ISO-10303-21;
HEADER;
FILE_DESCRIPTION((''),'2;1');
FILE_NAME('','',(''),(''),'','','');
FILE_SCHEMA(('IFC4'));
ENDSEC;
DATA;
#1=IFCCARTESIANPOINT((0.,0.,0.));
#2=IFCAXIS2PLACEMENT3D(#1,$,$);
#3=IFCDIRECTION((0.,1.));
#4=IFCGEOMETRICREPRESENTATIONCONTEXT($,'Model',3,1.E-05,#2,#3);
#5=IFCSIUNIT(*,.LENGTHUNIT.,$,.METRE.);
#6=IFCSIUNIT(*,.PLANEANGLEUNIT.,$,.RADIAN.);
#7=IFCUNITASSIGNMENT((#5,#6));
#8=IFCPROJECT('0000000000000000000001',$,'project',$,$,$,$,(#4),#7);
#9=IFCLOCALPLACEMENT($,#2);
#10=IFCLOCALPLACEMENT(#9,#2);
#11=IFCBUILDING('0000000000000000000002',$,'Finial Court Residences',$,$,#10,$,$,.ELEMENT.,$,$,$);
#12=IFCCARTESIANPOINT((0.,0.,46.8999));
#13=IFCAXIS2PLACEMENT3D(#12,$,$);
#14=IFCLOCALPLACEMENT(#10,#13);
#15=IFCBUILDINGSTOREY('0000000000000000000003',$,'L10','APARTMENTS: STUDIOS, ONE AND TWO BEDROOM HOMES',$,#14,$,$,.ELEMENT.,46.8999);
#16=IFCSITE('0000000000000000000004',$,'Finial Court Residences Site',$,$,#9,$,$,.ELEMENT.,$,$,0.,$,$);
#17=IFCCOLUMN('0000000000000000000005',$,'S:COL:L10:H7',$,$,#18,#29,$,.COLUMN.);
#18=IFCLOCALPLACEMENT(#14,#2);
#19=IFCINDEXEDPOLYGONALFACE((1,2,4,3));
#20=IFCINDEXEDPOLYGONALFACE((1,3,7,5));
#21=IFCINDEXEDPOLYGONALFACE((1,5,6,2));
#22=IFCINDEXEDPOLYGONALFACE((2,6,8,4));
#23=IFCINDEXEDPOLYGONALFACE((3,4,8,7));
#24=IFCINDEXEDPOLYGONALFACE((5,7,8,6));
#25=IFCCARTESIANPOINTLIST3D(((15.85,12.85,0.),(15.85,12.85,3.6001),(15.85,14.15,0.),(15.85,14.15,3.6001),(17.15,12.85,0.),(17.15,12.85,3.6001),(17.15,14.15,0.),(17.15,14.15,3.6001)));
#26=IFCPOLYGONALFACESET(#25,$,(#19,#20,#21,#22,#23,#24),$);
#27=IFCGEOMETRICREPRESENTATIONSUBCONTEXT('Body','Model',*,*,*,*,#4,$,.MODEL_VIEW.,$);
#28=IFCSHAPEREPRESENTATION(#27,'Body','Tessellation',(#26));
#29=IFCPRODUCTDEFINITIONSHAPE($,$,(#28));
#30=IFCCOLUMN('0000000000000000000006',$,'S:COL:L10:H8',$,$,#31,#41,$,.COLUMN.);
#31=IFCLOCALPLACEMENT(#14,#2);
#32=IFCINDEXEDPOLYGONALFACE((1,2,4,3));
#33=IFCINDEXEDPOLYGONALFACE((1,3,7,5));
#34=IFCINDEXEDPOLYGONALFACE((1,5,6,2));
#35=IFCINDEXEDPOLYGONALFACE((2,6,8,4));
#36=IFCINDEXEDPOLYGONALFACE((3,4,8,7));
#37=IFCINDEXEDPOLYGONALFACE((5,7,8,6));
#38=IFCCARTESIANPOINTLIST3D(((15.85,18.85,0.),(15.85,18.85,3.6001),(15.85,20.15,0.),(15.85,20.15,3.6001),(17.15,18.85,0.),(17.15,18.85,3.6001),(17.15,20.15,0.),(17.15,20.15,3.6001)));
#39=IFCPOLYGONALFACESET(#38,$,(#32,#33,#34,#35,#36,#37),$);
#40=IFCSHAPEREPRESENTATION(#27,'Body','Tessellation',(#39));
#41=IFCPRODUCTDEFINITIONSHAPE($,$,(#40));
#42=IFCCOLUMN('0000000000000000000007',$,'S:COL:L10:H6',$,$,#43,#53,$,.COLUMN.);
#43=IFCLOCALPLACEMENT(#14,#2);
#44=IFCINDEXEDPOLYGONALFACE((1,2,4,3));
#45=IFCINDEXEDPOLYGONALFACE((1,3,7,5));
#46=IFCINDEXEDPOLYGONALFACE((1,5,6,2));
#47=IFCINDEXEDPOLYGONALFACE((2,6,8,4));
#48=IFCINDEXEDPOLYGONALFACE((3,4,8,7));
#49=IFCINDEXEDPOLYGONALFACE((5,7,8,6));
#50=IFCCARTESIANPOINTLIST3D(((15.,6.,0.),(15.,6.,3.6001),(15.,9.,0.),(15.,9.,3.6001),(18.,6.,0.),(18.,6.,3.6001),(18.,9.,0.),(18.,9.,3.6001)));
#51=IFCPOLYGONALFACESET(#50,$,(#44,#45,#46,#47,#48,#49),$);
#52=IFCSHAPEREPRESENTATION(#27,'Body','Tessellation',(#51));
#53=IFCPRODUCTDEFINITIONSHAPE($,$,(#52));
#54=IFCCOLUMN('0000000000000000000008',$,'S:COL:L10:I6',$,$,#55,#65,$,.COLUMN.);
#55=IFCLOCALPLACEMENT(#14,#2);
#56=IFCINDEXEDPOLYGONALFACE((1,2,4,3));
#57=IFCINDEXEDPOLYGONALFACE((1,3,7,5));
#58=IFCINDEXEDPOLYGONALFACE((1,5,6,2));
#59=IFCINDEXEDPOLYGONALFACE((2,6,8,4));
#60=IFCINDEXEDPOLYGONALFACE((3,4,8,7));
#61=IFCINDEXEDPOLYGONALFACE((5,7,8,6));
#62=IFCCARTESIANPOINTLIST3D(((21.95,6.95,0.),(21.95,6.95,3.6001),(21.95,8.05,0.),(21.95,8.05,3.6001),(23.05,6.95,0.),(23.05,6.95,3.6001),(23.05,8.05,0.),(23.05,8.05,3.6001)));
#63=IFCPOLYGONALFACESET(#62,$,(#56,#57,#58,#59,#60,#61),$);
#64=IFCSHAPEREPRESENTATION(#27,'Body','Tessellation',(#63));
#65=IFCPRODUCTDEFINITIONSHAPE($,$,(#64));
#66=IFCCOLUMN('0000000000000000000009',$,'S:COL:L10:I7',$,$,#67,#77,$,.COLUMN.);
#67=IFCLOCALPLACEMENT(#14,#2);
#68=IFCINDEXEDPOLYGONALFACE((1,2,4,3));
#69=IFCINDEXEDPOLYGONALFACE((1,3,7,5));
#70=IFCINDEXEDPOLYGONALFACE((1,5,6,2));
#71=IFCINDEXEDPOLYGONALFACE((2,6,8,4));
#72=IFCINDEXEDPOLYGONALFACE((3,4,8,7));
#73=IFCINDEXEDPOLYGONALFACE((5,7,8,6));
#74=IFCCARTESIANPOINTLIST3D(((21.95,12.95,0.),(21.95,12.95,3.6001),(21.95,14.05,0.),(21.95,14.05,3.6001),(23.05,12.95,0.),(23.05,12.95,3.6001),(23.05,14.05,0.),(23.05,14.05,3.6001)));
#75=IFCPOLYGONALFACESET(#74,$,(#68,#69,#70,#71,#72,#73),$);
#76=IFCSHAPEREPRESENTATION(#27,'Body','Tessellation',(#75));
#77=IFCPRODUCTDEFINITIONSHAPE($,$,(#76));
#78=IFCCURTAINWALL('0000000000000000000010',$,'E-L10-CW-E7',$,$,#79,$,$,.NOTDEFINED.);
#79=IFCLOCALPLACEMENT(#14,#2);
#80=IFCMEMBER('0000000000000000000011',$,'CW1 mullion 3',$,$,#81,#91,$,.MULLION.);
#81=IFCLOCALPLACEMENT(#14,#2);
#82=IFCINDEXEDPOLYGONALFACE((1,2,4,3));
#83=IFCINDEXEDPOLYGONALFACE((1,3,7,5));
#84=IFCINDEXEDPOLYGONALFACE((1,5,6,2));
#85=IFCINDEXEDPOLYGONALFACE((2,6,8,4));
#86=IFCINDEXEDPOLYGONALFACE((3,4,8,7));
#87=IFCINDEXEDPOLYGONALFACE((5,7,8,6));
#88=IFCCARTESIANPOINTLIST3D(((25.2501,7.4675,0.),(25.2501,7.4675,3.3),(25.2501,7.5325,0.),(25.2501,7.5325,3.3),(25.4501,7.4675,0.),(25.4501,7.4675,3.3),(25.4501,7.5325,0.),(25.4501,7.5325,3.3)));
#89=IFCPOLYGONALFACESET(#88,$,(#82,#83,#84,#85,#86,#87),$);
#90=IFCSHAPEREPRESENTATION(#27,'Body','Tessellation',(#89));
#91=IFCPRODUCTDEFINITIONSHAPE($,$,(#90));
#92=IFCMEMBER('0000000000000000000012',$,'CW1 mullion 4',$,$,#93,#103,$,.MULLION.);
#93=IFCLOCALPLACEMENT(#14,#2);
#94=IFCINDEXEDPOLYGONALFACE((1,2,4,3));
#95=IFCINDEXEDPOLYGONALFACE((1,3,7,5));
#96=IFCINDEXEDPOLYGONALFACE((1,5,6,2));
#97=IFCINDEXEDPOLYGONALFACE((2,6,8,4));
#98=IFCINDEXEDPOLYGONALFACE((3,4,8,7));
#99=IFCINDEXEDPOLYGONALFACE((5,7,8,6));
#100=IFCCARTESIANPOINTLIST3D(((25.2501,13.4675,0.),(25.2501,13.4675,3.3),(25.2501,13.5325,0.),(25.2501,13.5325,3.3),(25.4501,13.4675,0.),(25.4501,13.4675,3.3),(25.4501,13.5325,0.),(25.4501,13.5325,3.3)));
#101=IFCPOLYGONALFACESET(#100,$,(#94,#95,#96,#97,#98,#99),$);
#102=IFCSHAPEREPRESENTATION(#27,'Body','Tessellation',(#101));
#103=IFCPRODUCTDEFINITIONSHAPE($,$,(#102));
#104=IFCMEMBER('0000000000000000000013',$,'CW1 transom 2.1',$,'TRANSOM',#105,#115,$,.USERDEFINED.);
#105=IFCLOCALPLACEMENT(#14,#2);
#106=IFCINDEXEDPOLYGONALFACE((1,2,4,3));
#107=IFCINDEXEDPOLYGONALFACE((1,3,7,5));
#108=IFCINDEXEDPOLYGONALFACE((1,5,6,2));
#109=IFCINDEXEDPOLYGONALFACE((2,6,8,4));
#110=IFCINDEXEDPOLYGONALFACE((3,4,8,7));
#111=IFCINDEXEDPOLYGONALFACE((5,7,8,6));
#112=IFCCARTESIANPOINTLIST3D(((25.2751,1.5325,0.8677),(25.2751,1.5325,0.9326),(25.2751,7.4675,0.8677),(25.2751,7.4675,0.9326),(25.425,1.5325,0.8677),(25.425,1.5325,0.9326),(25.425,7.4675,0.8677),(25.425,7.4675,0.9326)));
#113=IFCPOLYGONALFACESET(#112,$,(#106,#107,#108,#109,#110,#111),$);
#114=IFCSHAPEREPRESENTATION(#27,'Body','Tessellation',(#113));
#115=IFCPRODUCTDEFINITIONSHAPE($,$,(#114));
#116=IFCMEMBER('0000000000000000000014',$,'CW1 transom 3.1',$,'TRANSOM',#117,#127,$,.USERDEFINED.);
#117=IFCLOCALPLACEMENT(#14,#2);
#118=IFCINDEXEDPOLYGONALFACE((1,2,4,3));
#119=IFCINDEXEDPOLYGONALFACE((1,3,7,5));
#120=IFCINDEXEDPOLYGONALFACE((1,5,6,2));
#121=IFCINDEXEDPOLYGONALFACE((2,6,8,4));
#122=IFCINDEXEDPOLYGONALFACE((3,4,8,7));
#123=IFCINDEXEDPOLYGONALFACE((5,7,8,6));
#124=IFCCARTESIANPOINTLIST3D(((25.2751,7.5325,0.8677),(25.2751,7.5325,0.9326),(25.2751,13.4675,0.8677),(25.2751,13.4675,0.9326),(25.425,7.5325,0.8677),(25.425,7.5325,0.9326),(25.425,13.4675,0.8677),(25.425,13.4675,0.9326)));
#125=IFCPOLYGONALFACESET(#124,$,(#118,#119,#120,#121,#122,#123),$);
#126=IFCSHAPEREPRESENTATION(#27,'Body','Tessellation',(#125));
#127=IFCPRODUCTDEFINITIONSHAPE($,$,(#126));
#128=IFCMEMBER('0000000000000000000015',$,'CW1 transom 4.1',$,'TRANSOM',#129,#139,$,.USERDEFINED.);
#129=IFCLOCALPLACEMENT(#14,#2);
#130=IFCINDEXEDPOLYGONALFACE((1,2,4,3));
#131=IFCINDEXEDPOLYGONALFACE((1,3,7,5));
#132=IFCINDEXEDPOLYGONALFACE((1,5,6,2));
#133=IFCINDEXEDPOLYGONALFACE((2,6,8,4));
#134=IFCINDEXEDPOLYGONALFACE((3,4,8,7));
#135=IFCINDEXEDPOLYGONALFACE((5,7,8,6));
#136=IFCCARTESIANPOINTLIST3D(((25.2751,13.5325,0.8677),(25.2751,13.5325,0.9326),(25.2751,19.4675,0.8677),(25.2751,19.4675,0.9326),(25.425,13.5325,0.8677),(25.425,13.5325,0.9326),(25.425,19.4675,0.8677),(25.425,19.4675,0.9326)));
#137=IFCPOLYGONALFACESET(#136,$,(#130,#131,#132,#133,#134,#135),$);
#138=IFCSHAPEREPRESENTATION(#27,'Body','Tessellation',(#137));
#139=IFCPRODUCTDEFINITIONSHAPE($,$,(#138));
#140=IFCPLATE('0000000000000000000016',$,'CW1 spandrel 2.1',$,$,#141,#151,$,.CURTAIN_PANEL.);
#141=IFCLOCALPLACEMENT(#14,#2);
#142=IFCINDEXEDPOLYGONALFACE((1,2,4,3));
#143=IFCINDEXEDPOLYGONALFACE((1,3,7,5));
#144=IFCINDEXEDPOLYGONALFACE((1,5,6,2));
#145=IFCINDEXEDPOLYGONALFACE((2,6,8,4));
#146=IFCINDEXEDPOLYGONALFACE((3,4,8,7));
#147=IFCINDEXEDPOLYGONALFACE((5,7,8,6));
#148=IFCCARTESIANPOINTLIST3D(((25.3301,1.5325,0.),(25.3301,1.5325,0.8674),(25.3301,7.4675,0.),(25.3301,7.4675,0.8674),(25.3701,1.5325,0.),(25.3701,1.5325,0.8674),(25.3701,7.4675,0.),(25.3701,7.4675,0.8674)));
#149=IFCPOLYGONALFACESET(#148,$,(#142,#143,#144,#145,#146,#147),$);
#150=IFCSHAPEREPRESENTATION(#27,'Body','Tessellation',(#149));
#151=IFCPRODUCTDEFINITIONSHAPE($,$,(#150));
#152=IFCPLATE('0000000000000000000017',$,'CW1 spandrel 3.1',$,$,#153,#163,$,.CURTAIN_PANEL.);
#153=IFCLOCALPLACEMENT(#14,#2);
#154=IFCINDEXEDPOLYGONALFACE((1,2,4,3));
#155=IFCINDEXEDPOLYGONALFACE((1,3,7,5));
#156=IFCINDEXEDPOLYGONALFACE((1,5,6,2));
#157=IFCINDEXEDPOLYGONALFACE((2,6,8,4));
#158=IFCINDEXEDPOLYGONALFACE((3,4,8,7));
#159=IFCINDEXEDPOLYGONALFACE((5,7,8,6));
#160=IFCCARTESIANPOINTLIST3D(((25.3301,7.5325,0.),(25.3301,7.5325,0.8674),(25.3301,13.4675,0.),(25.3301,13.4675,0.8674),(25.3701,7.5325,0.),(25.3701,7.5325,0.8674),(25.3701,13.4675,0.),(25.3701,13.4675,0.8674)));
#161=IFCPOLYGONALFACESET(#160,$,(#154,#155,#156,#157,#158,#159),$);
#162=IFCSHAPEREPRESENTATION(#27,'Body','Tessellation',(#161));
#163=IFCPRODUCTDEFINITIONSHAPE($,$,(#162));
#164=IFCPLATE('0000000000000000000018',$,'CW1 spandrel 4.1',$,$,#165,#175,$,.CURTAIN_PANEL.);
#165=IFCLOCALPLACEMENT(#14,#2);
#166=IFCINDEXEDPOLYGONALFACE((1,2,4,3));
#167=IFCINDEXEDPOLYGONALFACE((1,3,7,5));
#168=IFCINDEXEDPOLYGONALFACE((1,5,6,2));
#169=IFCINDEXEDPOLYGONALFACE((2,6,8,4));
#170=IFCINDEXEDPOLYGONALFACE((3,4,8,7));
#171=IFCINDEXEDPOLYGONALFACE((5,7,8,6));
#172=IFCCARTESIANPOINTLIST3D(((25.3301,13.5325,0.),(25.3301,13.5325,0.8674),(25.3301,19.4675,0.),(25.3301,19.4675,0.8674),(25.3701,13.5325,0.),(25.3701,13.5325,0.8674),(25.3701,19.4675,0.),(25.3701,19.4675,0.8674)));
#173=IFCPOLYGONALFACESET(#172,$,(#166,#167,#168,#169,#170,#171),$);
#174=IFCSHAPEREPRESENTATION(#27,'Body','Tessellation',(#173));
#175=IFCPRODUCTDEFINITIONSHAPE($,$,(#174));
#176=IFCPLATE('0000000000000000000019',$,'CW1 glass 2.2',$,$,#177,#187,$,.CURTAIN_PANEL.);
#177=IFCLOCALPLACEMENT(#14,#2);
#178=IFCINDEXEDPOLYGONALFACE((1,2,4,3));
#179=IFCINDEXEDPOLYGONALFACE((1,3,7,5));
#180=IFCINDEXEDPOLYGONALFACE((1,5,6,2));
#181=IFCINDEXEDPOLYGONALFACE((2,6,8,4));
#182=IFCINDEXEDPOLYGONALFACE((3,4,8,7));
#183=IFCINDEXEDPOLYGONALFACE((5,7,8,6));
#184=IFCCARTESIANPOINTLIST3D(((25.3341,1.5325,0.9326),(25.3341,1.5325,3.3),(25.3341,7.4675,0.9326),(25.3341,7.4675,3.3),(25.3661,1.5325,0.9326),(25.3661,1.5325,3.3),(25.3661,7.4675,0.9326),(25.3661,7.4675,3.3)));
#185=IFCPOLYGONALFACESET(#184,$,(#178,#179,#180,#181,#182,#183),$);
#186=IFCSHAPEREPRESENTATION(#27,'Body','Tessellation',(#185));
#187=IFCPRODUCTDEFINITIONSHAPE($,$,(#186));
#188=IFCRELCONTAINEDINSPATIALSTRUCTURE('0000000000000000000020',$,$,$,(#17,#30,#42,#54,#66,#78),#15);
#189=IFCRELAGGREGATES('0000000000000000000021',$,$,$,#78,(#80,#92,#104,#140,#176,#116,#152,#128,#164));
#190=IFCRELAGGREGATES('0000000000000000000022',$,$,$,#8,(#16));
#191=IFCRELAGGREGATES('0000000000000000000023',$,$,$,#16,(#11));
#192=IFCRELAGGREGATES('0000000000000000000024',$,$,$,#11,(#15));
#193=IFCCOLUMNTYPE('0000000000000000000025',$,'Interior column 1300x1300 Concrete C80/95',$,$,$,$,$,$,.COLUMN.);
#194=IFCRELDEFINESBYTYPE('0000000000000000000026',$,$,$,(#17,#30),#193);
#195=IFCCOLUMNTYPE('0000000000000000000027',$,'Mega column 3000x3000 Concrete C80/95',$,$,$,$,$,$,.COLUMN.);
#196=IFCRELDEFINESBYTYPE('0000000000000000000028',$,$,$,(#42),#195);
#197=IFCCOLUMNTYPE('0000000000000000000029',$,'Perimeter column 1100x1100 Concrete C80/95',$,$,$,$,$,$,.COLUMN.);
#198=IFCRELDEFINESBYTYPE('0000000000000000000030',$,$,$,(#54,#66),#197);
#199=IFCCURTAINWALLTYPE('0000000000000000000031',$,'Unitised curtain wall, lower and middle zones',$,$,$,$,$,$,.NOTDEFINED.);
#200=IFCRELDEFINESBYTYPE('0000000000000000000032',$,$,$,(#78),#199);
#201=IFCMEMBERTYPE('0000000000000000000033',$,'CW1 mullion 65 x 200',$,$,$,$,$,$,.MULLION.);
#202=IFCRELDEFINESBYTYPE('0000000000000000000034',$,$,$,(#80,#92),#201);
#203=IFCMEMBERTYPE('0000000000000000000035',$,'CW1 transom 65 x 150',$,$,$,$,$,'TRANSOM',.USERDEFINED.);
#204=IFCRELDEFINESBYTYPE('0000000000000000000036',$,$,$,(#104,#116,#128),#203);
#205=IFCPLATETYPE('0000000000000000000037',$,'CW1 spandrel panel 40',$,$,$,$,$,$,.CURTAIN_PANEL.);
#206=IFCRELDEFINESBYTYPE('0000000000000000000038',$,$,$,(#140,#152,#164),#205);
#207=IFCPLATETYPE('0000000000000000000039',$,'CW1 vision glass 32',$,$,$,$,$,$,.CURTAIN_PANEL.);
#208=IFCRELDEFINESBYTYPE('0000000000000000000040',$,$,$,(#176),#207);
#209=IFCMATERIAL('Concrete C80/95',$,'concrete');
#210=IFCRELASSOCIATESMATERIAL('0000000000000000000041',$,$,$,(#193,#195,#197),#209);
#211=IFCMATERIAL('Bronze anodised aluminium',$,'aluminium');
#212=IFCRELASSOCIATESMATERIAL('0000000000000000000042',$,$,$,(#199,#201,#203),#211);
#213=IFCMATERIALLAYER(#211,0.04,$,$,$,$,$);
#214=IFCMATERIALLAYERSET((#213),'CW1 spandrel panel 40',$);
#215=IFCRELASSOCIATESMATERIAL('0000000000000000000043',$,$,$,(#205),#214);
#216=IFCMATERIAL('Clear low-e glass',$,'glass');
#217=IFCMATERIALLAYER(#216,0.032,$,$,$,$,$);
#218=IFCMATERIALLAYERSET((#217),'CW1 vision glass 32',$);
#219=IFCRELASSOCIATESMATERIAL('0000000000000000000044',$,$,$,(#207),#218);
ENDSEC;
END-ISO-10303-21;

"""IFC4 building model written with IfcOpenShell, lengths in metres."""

from ifc_helpers import new_model, si_unit, direction, frame, origin, origin_2d, place, context, subcontext, project, spatial, rectangle, extrude, material, layer, layer_set, material_profile, profile_set, type_object, element, aggregate, save


model = new_model("IFC4")

# Units and contexts
model_context = context("Model", 3, precision=1e-05, world=origin(), true_north=direction((0.0, 1.0)))
body_context = subcontext(model_context, "Body", "Model", "MODEL_VIEW")
ifc_project = project(units=[si_unit("LENGTHUNIT", "METRE"), si_unit("PLANEANGLEUNIT", "RADIAN")], contexts=[model_context])

# Site, building, storey
site_placement = place(None, origin())
site = spatial("IfcSite", under=ifc_project, at=site_placement, Name="Finial Court Residences Site", CompositionType="ELEMENT", RefElevation=0.0)
building_placement = place(site_placement, origin())
building = spatial("IfcBuilding", under=site, at=building_placement, Name="Finial Court Residences", CompositionType="ELEMENT")
storey_placement = place(building_placement, frame((0.0, 0.0, 46.8999)))
storey = spatial("IfcBuildingStorey", under=building, at=storey_placement, Name="L10", Description="APARTMENTS: STUDIOS, ONE AND TWO BEDROOM HOMES", CompositionType="ELEMENT", Elevation=46.8999)

# Columns
ifc_material_1 = material(Name="Concrete C80/95", Category="concrete")
ifc_material_profile_1 = material_profile(ifc_material_1, rectangle(XDim=1.3, YDim=1.3, at=origin_2d()), Name="1300x1300")
ifc_profile_set_1 = profile_set([ifc_material_profile_1], Name="Concrete C80/95")
column_type_1 = type_object("IfcColumnType", Name="Interior column 1300x1300 Concrete C80/95", PredefinedType="COLUMN", material=ifc_profile_set_1)
for number, where, z_axis, x_axis, name in (
    (1, (16.5, 13.5, 0.0), (0.0, 0.0, 1.0), (1.0, 0.0, 0.0), "S:COL:L10:H7"),
    (2, (16.5, 19.5, 0.0), (0.0, 0.0, 1.0), (1.0, 0.0, 0.0), "S:COL:L10:H8"),
):
    element("IfcColumn", number, at=place(storey_placement, frame(where, z_axis=z_axis, x_axis=x_axis)), inside=storey, type_object=column_type_1, Name=name, PredefinedType="COLUMN", context=body_context, shape_type="SweptSolid", body=[
        extrude(rectangle(XDim=1.3, YDim=1.3, at=origin_2d()), origin(), (0.0, 0.0, 1.0), 3.6001),
    ])
ifc_material_profile_2 = material_profile(ifc_material_1, rectangle(XDim=3.0, YDim=3.0, at=origin_2d()), Name="3000x3000")
ifc_profile_set_2 = profile_set([ifc_material_profile_2], Name="Concrete C80/95")
column_type_2 = type_object("IfcColumnType", Name="Mega column 3000x3000 Concrete C80/95", PredefinedType="COLUMN", material=ifc_profile_set_2)
column_placement = place(storey_placement, frame((16.5, 7.5, 0.0), z_axis=(0.0, 0.0, 1.0), x_axis=(1.0, 0.0, 0.0)))
element("IfcColumn", 3, at=column_placement, inside=storey, type_object=column_type_2, Name="S:COL:L10:H6", PredefinedType="COLUMN", context=body_context, shape_type="SweptSolid", body=[
    extrude(rectangle(XDim=3.0, YDim=3.0, at=origin_2d()), origin(), (0.0, 0.0, 1.0), 3.6001),
])
ifc_material_profile_3 = material_profile(ifc_material_1, rectangle(XDim=1.1001, YDim=1.1001, at=origin_2d()), Name="1100x1100")
ifc_profile_set_3 = profile_set([ifc_material_profile_3], Name="Concrete C80/95")
column_type_3 = type_object("IfcColumnType", Name="Perimeter column 1100x1100 Concrete C80/95", PredefinedType="COLUMN", material=ifc_profile_set_3)
for number, where, z_axis, x_axis, name in (
    (4, (22.5, 7.5, 0.0), (0.0, 0.0, 1.0), (1.0, 0.0, 0.0), "S:COL:L10:I6"),
    (5, (22.5, 13.5, 0.0), (0.0, 0.0, 1.0), (1.0, 0.0, 0.0), "S:COL:L10:I7"),
):
    element("IfcColumn", number, at=place(storey_placement, frame(where, z_axis=z_axis, x_axis=x_axis)), inside=storey, type_object=column_type_3, Name=name, PredefinedType="COLUMN", context=body_context, shape_type="SweptSolid", body=[
        extrude(rectangle(XDim=1.1001, YDim=1.1001, at=origin_2d()), origin(), (0.0, 0.0, 1.0), 3.6001),
    ])

# Curtain wall, members, plates
ifc_material_2 = material(Name="Bronze anodised aluminium", Category="aluminium")
curtain_wall_type = type_object("IfcCurtainWallType", Name="Unitised curtain wall, lower and middle zones", PredefinedType="NOTDEFINED", material=ifc_material_2)
curtain_wall_placement = place(storey_placement, origin())
curtain_wall = element("IfcCurtainWall", 6, at=curtain_wall_placement, inside=storey, type_object=curtain_wall_type, Name="E-L10-CW-E7", PredefinedType="NOTDEFINED")
ifc_material_profile_4 = material_profile(ifc_material_2, rectangle(XDim=0.2, YDim=0.0649, at=origin_2d()), Name="CW1 mullion 65 x 200")
ifc_profile_set_4 = profile_set([ifc_material_profile_4], Name="Bronze anodised aluminium")
member_type_1 = type_object("IfcMemberType", Name="CW1 mullion 65 x 200", PredefinedType="MULLION", material=ifc_profile_set_4)
member_1_placement = place(storey_placement, frame((25.3501, 7.5, 0.0), z_axis=(0.0, 0.0, 1.0), x_axis=(-1.0, 0.0, 0.0)))
member_1 = element("IfcMember", 7, at=member_1_placement, type_object=member_type_1, Name="CW1 mullion 3", PredefinedType="MULLION", context=body_context, shape_type="SweptSolid", body=[
    extrude(rectangle(XDim=0.2, YDim=0.0649, at=origin_2d()), origin(), (0.0, 0.0, 1.0), 3.3),
])
member_2_placement = place(storey_placement, frame((25.3501, 13.5, 0.0), z_axis=(0.0, 0.0, 1.0), x_axis=(-1.0, 0.0, 0.0)))
member_2 = element("IfcMember", 8, at=member_2_placement, type_object=member_type_1, Name="CW1 mullion 4", PredefinedType="MULLION", context=body_context, shape_type="SweptSolid", body=[
    extrude(rectangle(XDim=0.2, YDim=0.0649, at=origin_2d()), origin(), (0.0, 0.0, 1.0), 3.3),
])
ifc_material_profile_5 = material_profile(ifc_material_2, rectangle(XDim=0.1499, YDim=0.0649, at=origin_2d()), Name="CW1 transom 65 x 150")
ifc_profile_set_5 = profile_set([ifc_material_profile_5], Name="Bronze anodised aluminium")
member_type_2 = type_object("IfcMemberType", Name="CW1 transom 65 x 150", ElementType="TRANSOM", PredefinedType="USERDEFINED", material=ifc_profile_set_5)
member_3_placement = place(storey_placement, frame((25.3501, 1.5325, 0.9001), z_axis=(0.0, 1.0, 0.0), x_axis=(-1.0, 0.0, 0.0)))
member_3 = element("IfcMember", 9, at=member_3_placement, type_object=member_type_2, Name="CW1 transom 2.1", ObjectType="TRANSOM", PredefinedType="USERDEFINED", context=body_context, shape_type="SweptSolid", body=[
    extrude(rectangle(XDim=0.1499, YDim=0.0649, at=origin_2d()), origin(), (0.0, 0.0, 1.0), 5.9351),
])
member_4_placement = place(storey_placement, frame((25.3501, 7.5325, 0.9001), z_axis=(0.0, 1.0, 0.0), x_axis=(-1.0, 0.0, 0.0)))
member_4 = element("IfcMember", 10, at=member_4_placement, type_object=member_type_2, Name="CW1 transom 3.1", ObjectType="TRANSOM", PredefinedType="USERDEFINED", context=body_context, shape_type="SweptSolid", body=[
    extrude(rectangle(XDim=0.1499, YDim=0.0649, at=origin_2d()), origin(), (0.0, 0.0, 1.0), 5.9351),
])
member_5_placement = place(storey_placement, frame((25.3501, 13.5325, 0.9001), z_axis=(0.0, 1.0, 0.0), x_axis=(-1.0, 0.0, 0.0)))
member_5 = element("IfcMember", 11, at=member_5_placement, type_object=member_type_2, Name="CW1 transom 4.1", ObjectType="TRANSOM", PredefinedType="USERDEFINED", context=body_context, shape_type="SweptSolid", body=[
    extrude(rectangle(XDim=0.1499, YDim=0.0649, at=origin_2d()), origin(), (0.0, 0.0, 1.0), 5.9351),
])
ifc_layer_1 = layer(ifc_material_2, 0.04)
ifc_layer_set_1 = layer_set([ifc_layer_1], Name="CW1 spandrel panel 40")
plate_type_1 = type_object("IfcPlateType", Name="CW1 spandrel panel 40", PredefinedType="CURTAIN_PANEL", material=ifc_layer_set_1)
plate_1_placement = place(storey_placement, frame((25.3501, 4.5, 0.0), z_axis=(0.0, 0.0, 1.0), x_axis=(0.0, 1.0, 0.0)))
plate_1 = element("IfcPlate", 12, at=plate_1_placement, type_object=plate_type_1, Name="CW1 spandrel 2.1", PredefinedType="CURTAIN_PANEL", context=body_context, shape_type="SweptSolid", body=[
    extrude(rectangle(XDim=5.9351, YDim=0.04, at=origin_2d()), origin(), (0.0, 0.0, 1.0), 0.8674),
])
plate_2_placement = place(storey_placement, frame((25.3501, 10.5, 0.0), z_axis=(0.0, 0.0, 1.0), x_axis=(0.0, 1.0, 0.0)))
plate_2 = element("IfcPlate", 13, at=plate_2_placement, type_object=plate_type_1, Name="CW1 spandrel 3.1", PredefinedType="CURTAIN_PANEL", context=body_context, shape_type="SweptSolid", body=[
    extrude(rectangle(XDim=5.9351, YDim=0.04, at=origin_2d()), origin(), (0.0, 0.0, 1.0), 0.8674),
])
plate_3_placement = place(storey_placement, frame((25.3501, 16.5, 0.0), z_axis=(0.0, 0.0, 1.0), x_axis=(0.0, 1.0, 0.0)))
plate_3 = element("IfcPlate", 14, at=plate_3_placement, type_object=plate_type_1, Name="CW1 spandrel 4.1", PredefinedType="CURTAIN_PANEL", context=body_context, shape_type="SweptSolid", body=[
    extrude(rectangle(XDim=5.9351, YDim=0.04, at=origin_2d()), origin(), (0.0, 0.0, 1.0), 0.8674),
])
ifc_material_3 = material(Name="Clear low-e glass", Category="glass")
ifc_layer_2 = layer(ifc_material_3, 0.032)
ifc_layer_set_2 = layer_set([ifc_layer_2], Name="CW1 vision glass 32")
plate_type_2 = type_object("IfcPlateType", Name="CW1 vision glass 32", PredefinedType="CURTAIN_PANEL", material=ifc_layer_set_2)
plate_4_placement = place(storey_placement, frame((25.3501, 4.5, 0.9326), z_axis=(0.0, 0.0, 1.0), x_axis=(0.0, 1.0, 0.0)))
plate_4 = element("IfcPlate", 15, at=plate_4_placement, type_object=plate_type_2, Name="CW1 glass 2.2", PredefinedType="CURTAIN_PANEL", context=body_context, shape_type="SweptSolid", body=[
    extrude(rectangle(XDim=5.9351, YDim=0.032, at=origin_2d()), origin(), (0.0, 0.0, 1.0), 2.3674),
])
aggregate(curtain_wall, [member_1, member_2, member_3, plate_1, plate_4, member_4, plate_2, member_5, plate_3])

save(model, "model.ifc")
